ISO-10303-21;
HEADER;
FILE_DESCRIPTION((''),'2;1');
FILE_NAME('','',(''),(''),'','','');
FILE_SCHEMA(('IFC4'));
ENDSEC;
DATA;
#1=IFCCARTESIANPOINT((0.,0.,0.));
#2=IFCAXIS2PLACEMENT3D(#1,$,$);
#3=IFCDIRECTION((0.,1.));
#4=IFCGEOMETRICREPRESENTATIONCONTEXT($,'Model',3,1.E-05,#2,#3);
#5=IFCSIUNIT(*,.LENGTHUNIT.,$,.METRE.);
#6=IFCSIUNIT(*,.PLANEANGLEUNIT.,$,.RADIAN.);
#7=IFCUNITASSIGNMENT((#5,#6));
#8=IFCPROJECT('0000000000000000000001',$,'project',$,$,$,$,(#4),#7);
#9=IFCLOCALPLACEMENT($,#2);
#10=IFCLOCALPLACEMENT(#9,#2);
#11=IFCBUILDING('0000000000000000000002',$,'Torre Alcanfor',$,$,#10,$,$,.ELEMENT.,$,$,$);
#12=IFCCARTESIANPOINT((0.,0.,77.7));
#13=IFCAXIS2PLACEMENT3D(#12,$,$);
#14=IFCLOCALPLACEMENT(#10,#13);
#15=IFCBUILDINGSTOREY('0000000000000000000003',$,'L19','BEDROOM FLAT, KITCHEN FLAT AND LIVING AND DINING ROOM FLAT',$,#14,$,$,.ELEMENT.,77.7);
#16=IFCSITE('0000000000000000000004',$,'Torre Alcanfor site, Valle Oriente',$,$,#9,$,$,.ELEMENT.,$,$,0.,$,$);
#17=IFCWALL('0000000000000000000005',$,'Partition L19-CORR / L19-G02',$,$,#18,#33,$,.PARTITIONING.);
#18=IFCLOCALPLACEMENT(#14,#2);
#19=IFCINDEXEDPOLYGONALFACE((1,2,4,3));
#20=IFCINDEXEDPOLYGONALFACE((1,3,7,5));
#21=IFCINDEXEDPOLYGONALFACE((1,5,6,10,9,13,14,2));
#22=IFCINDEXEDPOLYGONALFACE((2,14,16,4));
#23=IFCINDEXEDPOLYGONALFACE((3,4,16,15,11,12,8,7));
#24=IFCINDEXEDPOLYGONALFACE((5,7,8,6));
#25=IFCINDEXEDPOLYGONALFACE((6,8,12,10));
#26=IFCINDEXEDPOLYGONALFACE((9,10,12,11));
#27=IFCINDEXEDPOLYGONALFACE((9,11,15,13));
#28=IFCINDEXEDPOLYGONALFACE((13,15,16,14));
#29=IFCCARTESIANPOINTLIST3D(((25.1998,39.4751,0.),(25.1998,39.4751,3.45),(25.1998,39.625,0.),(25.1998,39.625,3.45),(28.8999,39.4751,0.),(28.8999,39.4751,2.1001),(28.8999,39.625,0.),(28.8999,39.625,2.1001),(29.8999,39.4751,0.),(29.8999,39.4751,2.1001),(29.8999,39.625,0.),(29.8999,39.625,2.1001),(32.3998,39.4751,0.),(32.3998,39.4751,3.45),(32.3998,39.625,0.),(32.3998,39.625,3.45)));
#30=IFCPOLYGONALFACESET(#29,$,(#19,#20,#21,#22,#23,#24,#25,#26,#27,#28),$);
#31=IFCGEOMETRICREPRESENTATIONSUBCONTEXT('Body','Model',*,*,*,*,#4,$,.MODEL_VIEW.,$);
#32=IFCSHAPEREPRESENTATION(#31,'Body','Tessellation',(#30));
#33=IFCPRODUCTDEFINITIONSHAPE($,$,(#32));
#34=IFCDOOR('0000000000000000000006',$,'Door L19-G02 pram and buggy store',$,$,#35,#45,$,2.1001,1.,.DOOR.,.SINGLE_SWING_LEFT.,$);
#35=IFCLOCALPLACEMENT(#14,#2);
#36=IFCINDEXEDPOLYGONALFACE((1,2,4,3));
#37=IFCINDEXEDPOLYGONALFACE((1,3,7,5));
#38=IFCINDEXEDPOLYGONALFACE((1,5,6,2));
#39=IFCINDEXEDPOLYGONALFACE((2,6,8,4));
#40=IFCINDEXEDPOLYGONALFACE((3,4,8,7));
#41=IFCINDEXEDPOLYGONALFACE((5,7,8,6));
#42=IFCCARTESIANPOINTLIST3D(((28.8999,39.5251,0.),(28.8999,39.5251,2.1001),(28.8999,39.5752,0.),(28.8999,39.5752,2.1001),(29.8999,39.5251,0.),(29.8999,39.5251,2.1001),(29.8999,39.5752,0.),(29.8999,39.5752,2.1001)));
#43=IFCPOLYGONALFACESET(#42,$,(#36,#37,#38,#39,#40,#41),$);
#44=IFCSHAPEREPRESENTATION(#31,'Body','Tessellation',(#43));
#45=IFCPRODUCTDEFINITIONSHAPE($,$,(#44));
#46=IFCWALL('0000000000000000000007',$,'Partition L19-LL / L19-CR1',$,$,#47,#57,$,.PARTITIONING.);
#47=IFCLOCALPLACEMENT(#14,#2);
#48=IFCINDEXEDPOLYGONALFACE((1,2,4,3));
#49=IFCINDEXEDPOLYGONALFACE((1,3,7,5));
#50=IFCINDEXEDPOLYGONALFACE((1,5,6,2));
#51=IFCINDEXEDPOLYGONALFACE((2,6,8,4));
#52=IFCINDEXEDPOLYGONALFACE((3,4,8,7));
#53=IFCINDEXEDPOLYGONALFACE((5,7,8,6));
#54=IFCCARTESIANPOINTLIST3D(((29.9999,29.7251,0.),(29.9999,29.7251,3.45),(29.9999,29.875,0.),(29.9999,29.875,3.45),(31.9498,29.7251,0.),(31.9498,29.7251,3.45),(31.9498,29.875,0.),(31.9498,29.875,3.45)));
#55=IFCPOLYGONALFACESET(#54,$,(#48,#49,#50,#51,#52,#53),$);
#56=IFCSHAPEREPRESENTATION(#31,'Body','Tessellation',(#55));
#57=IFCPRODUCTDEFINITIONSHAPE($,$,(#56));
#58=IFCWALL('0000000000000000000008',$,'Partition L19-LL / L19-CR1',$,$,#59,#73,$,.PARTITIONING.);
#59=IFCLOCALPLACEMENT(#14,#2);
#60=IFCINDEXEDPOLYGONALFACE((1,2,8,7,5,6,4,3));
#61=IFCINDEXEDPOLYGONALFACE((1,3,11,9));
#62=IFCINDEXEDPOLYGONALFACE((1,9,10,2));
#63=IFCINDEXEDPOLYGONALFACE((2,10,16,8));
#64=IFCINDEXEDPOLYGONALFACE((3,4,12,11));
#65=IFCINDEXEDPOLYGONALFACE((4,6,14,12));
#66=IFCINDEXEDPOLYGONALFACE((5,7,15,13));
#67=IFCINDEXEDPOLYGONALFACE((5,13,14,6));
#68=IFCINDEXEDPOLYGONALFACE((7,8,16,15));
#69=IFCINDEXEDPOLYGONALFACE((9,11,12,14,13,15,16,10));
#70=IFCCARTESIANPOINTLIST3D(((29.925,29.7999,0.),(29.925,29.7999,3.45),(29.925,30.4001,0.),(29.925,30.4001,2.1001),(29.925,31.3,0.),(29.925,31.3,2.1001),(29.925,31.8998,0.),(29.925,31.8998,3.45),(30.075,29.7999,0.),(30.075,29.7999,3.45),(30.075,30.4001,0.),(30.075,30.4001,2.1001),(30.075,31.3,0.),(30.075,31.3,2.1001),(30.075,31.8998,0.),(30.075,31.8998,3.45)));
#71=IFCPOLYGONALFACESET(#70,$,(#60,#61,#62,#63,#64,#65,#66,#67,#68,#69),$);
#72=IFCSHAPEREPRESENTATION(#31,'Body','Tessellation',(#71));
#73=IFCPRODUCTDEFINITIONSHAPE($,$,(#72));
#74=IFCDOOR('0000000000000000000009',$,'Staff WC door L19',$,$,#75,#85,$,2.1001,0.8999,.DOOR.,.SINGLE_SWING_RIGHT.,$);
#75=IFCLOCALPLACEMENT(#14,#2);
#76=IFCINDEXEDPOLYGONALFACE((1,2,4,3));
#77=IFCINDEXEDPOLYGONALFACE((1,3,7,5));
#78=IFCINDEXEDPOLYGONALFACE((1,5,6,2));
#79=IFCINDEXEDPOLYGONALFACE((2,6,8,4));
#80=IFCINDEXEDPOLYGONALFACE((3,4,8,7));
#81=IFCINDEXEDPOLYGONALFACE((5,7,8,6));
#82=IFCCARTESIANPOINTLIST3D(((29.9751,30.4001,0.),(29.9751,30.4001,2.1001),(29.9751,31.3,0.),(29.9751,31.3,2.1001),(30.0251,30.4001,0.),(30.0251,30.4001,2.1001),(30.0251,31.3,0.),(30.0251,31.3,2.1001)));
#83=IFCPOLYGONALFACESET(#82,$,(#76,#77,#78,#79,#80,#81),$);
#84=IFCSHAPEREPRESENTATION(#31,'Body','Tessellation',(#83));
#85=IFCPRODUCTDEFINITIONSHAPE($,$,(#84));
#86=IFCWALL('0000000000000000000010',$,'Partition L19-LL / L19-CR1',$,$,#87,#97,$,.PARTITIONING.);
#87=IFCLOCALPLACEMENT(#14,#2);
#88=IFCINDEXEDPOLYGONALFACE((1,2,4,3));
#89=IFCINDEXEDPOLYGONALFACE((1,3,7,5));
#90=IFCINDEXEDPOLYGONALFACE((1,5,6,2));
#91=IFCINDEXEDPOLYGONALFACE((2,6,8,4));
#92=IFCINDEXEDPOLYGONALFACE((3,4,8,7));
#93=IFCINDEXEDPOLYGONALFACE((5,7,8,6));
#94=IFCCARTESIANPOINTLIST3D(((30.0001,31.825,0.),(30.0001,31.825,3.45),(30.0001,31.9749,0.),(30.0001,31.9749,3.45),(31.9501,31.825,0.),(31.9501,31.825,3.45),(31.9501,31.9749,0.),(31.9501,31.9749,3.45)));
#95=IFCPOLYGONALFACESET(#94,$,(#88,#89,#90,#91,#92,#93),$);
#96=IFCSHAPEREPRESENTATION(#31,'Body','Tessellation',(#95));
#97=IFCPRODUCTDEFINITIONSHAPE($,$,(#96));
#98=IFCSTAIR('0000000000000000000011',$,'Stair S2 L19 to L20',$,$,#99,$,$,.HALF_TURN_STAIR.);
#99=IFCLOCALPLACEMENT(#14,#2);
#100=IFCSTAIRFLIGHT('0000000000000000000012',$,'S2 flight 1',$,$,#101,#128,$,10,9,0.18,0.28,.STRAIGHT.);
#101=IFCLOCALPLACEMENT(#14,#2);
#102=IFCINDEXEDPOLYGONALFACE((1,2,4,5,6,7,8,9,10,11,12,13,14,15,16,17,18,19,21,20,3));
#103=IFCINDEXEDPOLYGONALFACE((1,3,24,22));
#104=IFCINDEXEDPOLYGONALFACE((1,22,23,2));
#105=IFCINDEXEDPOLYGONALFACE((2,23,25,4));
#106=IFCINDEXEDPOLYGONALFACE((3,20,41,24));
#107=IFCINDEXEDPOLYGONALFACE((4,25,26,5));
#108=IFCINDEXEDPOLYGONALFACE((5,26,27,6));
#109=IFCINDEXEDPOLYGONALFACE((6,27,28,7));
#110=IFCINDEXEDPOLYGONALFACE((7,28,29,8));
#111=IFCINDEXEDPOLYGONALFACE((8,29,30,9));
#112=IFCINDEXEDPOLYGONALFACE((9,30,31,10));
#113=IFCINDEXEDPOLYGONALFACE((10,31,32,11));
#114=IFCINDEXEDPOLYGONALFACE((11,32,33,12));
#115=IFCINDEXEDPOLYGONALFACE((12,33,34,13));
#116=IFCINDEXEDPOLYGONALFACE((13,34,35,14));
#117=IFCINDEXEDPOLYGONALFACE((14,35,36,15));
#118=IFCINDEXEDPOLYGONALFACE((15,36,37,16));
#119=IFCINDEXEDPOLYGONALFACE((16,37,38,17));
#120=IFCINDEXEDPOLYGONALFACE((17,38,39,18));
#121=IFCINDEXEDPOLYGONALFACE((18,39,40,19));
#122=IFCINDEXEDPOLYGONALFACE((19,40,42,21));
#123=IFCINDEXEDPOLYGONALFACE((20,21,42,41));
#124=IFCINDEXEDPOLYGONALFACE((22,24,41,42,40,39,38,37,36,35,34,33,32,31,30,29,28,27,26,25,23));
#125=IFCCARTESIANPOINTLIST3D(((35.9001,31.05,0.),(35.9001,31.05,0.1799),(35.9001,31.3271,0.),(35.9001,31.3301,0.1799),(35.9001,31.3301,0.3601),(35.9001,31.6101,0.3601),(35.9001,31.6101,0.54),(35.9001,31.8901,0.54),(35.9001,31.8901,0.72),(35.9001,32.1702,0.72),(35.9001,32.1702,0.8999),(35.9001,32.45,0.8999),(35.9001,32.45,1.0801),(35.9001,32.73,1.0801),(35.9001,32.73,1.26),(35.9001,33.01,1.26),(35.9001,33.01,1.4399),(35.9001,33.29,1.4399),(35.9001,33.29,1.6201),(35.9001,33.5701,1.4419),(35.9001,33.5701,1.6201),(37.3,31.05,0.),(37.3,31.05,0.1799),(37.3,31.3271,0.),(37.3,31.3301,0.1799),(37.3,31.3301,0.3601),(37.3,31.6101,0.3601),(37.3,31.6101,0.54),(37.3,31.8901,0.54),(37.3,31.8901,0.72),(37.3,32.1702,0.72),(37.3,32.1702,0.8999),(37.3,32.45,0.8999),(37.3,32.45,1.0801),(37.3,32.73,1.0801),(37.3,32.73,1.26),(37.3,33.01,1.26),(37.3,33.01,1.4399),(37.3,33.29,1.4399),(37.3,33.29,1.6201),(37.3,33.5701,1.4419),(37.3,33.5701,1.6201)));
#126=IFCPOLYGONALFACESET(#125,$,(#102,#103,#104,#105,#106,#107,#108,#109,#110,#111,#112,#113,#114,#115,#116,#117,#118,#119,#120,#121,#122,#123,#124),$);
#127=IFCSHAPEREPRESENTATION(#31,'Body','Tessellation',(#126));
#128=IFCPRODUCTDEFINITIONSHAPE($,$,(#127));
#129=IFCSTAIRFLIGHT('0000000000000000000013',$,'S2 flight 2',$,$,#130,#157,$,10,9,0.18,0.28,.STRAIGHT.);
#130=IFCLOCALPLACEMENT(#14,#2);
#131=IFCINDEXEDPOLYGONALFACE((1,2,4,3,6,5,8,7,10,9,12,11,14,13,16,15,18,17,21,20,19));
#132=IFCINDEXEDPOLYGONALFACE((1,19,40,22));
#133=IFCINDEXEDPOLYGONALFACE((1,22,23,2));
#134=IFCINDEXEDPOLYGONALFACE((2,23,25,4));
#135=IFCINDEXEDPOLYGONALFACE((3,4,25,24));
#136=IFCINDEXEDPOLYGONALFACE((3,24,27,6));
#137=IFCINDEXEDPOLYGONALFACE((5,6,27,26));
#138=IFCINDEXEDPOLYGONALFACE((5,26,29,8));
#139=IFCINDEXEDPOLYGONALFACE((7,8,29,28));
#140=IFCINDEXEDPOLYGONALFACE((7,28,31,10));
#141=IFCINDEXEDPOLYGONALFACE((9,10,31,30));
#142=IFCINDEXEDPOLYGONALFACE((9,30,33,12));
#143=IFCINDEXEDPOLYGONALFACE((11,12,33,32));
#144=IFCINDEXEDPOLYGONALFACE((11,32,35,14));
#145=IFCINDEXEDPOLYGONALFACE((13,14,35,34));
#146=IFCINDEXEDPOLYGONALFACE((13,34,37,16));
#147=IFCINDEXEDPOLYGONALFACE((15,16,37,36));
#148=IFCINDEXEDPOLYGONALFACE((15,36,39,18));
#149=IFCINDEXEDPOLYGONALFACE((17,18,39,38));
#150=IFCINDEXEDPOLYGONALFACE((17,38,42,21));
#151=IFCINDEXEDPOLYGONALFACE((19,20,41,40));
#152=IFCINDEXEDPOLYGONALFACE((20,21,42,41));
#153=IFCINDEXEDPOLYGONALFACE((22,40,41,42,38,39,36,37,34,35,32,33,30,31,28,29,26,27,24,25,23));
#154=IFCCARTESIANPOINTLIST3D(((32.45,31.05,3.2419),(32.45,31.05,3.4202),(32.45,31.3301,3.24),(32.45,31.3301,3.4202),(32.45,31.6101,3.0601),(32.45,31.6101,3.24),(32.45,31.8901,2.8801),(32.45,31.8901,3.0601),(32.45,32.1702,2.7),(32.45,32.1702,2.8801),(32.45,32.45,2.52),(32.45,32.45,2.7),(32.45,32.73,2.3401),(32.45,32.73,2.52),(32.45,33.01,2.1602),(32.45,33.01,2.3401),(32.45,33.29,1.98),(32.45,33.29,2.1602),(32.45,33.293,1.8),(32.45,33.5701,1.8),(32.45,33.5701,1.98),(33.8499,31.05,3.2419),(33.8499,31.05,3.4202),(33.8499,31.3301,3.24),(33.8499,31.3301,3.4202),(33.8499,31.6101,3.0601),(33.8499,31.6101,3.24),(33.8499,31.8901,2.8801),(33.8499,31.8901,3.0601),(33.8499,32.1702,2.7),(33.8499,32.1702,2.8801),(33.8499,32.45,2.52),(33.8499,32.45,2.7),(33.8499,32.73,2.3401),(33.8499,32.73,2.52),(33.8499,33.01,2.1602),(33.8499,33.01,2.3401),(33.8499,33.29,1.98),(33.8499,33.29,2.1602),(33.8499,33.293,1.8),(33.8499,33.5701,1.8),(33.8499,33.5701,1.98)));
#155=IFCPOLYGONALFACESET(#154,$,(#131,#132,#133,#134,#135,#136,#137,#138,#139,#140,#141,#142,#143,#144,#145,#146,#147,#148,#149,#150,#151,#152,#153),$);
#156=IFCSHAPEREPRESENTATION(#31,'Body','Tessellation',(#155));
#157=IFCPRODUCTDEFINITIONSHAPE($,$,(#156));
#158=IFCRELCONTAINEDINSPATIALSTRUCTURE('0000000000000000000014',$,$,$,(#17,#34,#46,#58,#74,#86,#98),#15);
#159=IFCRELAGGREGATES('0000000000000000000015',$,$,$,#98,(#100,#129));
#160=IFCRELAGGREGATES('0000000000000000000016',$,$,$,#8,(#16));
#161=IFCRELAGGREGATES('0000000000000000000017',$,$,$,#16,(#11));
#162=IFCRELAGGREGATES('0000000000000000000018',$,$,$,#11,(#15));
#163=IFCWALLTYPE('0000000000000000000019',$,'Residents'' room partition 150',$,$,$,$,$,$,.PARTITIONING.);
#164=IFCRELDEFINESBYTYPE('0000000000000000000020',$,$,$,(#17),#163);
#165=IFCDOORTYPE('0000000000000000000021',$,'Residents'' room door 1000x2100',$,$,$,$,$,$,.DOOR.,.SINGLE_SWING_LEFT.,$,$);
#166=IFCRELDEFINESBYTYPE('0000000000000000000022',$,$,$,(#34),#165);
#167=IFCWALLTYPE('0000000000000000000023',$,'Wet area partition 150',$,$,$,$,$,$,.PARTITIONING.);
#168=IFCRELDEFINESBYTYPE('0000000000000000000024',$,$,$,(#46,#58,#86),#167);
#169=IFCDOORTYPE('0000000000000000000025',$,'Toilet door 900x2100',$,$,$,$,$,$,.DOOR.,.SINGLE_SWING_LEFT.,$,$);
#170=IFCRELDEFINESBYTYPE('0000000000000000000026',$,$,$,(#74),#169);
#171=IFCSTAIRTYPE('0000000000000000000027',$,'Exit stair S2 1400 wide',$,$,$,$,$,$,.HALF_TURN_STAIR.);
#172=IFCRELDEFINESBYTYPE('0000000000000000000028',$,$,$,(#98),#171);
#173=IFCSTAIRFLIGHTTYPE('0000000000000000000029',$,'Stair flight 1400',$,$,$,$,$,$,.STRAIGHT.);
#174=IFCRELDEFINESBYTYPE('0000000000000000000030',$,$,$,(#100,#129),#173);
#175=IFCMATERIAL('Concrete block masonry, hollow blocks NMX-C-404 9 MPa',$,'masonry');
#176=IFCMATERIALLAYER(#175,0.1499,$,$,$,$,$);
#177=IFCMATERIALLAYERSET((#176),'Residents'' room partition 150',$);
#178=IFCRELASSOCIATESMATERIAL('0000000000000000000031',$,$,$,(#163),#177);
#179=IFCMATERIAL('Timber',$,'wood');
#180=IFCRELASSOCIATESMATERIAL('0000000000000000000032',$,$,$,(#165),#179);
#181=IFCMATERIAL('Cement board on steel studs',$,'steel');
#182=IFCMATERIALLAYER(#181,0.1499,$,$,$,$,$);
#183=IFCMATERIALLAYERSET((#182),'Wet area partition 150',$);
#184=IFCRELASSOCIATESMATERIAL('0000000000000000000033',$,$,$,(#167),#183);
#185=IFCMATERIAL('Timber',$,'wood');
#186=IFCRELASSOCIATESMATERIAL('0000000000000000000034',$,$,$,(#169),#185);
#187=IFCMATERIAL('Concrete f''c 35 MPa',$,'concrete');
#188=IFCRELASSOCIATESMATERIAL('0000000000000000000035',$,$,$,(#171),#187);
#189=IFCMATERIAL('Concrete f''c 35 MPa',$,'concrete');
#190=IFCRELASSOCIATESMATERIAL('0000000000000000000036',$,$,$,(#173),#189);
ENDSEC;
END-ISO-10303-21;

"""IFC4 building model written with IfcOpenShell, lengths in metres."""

from ifc_helpers import new_model, si_unit, direction, frame, frame_2d, origin, place, context, subcontext, project, spatial, polyline, rectangle, outline, extrude, material, layer, layer_set, type_object, element, fill, aggregate, save


model = new_model("IFC4")

# Units and contexts
model_context = context("Model", 3, precision=1e-05, world=origin(), true_north=direction((0.0, 1.0)))
body_context = subcontext(model_context, "Body", "Model", "MODEL_VIEW")
ifc_project = project(units=[si_unit("LENGTHUNIT", "METRE"), si_unit("PLANEANGLEUNIT", "RADIAN")], contexts=[model_context])

# Site, building, storey
site_placement = place(None, origin())
site = spatial("IfcSite", under=ifc_project, at=site_placement, Name="Torre Alcanfor site, Valle Oriente", CompositionType="ELEMENT", RefElevation=0.0)
building_placement = place(site_placement, origin())
building = spatial("IfcBuilding", under=site, at=building_placement, Name="Torre Alcanfor", CompositionType="ELEMENT")
storey_placement = place(building_placement, frame((0.0, 0.0, 77.7)))
storey = spatial("IfcBuildingStorey", under=building, at=storey_placement, Name="L19", Description="BEDROOM FLAT, KITCHEN FLAT AND LIVING AND DINING ROOM FLAT", CompositionType="ELEMENT", Elevation=77.7)

# Shared definitions
ifc_material_1 = material(Name="Concrete block masonry, hollow blocks NMX-C-404 9 MPa", Category="masonry")
ifc_layer_1 = layer(ifc_material_1, 0.1499)
ifc_layer_set_1 = layer_set([ifc_layer_1], Name="Residents' room partition 150")
wall_type_1 = type_object("IfcWallType", Name="Residents' room partition 150", PredefinedType="PARTITIONING", material=ifc_layer_set_1)

# Wall, opening, door
wall_1_placement = place(storey_placement, frame((32.3999, 39.55, 0.0), z_axis=(0.0, 0.0, 1.0), x_axis=(-1.0, 0.0, 0.0)))
wall_1 = element("IfcWall", 1, at=wall_1_placement, inside=storey, type_object=wall_type_1, Name="Partition L19-CORR / L19-G02", PredefinedType="PARTITIONING", context=body_context, shape_type="SweptSolid", body=[
    extrude(rectangle(XDim=7.2, YDim=0.1499, at=frame_2d((3.6001, 0.0))), origin(), (0.0, 0.0, 1.0), 3.45),
])
opening_1_placement = place(wall_1_placement, frame((2.5, 0.0, 0.0)))
opening_1 = element("IfcOpeningElement", 2, at=opening_1_placement, cuts=wall_1, PredefinedType="OPENING", context=body_context, shape_type="SweptSolid", body=[
    extrude(rectangle(XDim=1.0, YDim=2.1001, at=frame_2d((0.5, 1.05))), frame((0.0, 0.085, 0.0), z_axis=(0.0, -1.0, 0.0), x_axis=(1.0, 0.0, 0.0)), (0.0, 0.0, 1.0), 0.1699),
])
ifc_material_2 = material(Name="Timber", Category="wood")
door_type_1 = type_object("IfcDoorType", Name="Residents' room door 1000x2100", OperationType="SINGLE_SWING_LEFT", PredefinedType="DOOR", material=ifc_material_2)
door_1_placement = place(opening_1_placement, origin())
door_1 = element("IfcDoor", 3, at=door_1_placement, inside=storey, type_object=door_type_1, Name="Door L19-G02 pram and buggy store", OperationType="SINGLE_SWING_LEFT", OverallHeight=2.1001, OverallWidth=1.0, PredefinedType="DOOR", context=body_context, shape_type="SweptSolid", body=[
    extrude(rectangle(XDim=1.0, YDim=2.1001, at=frame_2d((0.5, 1.05))), frame((0.0, 0.0249, 0.0), z_axis=(0.0, -1.0, 0.0), x_axis=(1.0, 0.0, 0.0)), (0.0, 0.0, 1.0), 0.05),
])
fill(opening_1, door_1)

# Wall
ifc_material_3 = material(Name="Cement board on steel studs", Category="steel")
ifc_layer_2 = layer(ifc_material_3, 0.1499)
ifc_layer_set_2 = layer_set([ifc_layer_2], Name="Wet area partition 150")
wall_type_2 = type_object("IfcWallType", Name="Wet area partition 150", PredefinedType="PARTITIONING", material=ifc_layer_set_2)
wall_2_placement = place(storey_placement, frame((31.95, 29.8, 0.0), z_axis=(0.0, 0.0, 1.0), x_axis=(-1.0, 0.0, 0.0)))
element("IfcWall", 4, at=wall_2_placement, inside=storey, type_object=wall_type_2, Name="Partition L19-LL / L19-CR1", PredefinedType="PARTITIONING", context=body_context, shape_type="SweptSolid", body=[
    extrude(rectangle(XDim=1.95, YDim=0.1499, at=frame_2d((0.9751, 0.0))), origin(), (0.0, 0.0, 1.0), 3.45),
])

# Wall, opening, door
wall_3_placement = place(storey_placement, frame((30.0, 29.8, 0.0), z_axis=(0.0, 0.0, 1.0), x_axis=(0.0, 1.0, 0.0)))
wall_3 = element("IfcWall", 5, at=wall_3_placement, inside=storey, type_object=wall_type_2, Name="Partition L19-LL / L19-CR1", PredefinedType="PARTITIONING", context=body_context, shape_type="SweptSolid", body=[
    extrude(rectangle(XDim=2.0999, YDim=0.1499, at=frame_2d((1.0498, 0.0))), origin(), (0.0, 0.0, 1.0), 3.45),
])
opening_2_placement = place(wall_3_placement, frame((0.6001, 0.0, 0.0)))
opening_2 = element("IfcOpeningElement", 6, at=opening_2_placement, cuts=wall_3, PredefinedType="OPENING", context=body_context, shape_type="SweptSolid", body=[
    extrude(rectangle(XDim=0.8999, YDim=2.1001, at=frame_2d((0.45, 1.05))), frame((0.0, 0.085, 0.0), z_axis=(0.0, -1.0, 0.0), x_axis=(1.0, 0.0, 0.0)), (0.0, 0.0, 1.0), 0.1699),
])
ifc_material_4 = material(Name="Timber", Category="wood")
door_type_2 = type_object("IfcDoorType", Name="Toilet door 900x2100", OperationType="SINGLE_SWING_LEFT", PredefinedType="DOOR", material=ifc_material_4)
door_2_placement = place(opening_2_placement, frame((0.8999, 0.0, 0.0), z_axis=(0.0, 0.0, 1.0), x_axis=(-1.0, 0.0, 0.0)))
door_2 = element("IfcDoor", 7, at=door_2_placement, inside=storey, type_object=door_type_2, Name="Staff WC door L19", OperationType="SINGLE_SWING_RIGHT", OverallHeight=2.1001, OverallWidth=0.8999, PredefinedType="DOOR", context=body_context, shape_type="SweptSolid", body=[
    extrude(rectangle(XDim=0.8999, YDim=2.1001, at=frame_2d((0.45, 1.05))), frame((0.0, 0.0251, 0.0), z_axis=(0.0, -1.0, 0.0), x_axis=(1.0, 0.0, 0.0)), (0.0, 0.0, 1.0), 0.05),
])
fill(opening_2, door_2)

# Wall
wall_4_placement = place(storey_placement, frame((30.0, 31.8999, 0.0), z_axis=(0.0, 0.0, 1.0), x_axis=(1.0, 0.0, 0.0)))
element("IfcWall", 8, at=wall_4_placement, inside=storey, type_object=wall_type_2, Name="Partition L19-LL / L19-CR1", PredefinedType="PARTITIONING", context=body_context, shape_type="SweptSolid", body=[
    extrude(rectangle(XDim=1.95, YDim=0.1499, at=frame_2d((0.9751, 0.0))), origin(), (0.0, 0.0, 1.0), 3.45),
])

# Stair, stair flights
ifc_material_5 = material(Name="Concrete f'c 35 MPa", Category="concrete")
stair_type = type_object("IfcStairType", Name="Exit stair S2 1400 wide", PredefinedType="HALF_TURN_STAIR", material=ifc_material_5)
stair_placement = place(storey_placement, origin())
stair = element("IfcStair", 9, at=stair_placement, inside=storey, type_object=stair_type, Name="Stair S2 L19 to L20", PredefinedType="HALF_TURN_STAIR")
ifc_material_6 = material(Name="Concrete f'c 35 MPa", Category="concrete")
stair_flight_type = type_object("IfcStairFlightType", Name="Stair flight 1400", PredefinedType="STRAIGHT", material=ifc_material_6)
stair_flight_1_placement = place(storey_placement, frame((36.6001, 31.05, 0.0), z_axis=(0.0, 0.0, 1.0), x_axis=(0.0, 1.0, 0.0)))
stair_flight_1 = element("IfcStairFlight", 10, at=stair_flight_1_placement, type_object=stair_flight_type, Name="S2 flight 1", NumberOfRisers=10, NumberOfTreads=9, PredefinedType="STRAIGHT", RiserHeight=0.18, TreadLength=0.28, context=body_context, shape_type="SweptSolid", body=[
    extrude(outline(polyline([(0.0, 0.0), (0.0, 0.1799), (0.28, 0.1799), (0.28, 0.3601), (0.5601, 0.3601), (0.5601, 0.54), (0.8401, 0.54), (0.8401, 0.72), (1.1201, 0.72), (1.1201, 0.8999), (1.3999, 0.8999), (1.3999, 1.0801), (1.6799, 1.0801), (1.6799, 1.26), (1.96, 1.26), (1.96, 1.4399), (2.24, 1.4399), (2.24, 1.6201), (2.52, 1.6201), (2.52, 1.8), (2.52, 1.4419), (0.2771, 0.0), (0.0, 0.0)])), frame((0.0, 0.7, 0.0), z_axis=(0.0, -1.0, 0.0), x_axis=(1.0, 0.0, 0.0)), (0.0, 0.0, 1.0), 1.3999),
])
stair_flight_2_placement = place(storey_placement, frame((33.1499, 33.5701, 1.8), z_axis=(0.0, 0.0, 1.0), x_axis=(0.0, -1.0, 0.0)))
stair_flight_2 = element("IfcStairFlight", 11, at=stair_flight_2_placement, type_object=stair_flight_type, Name="S2 flight 2", NumberOfRisers=10, NumberOfTreads=9, PredefinedType="STRAIGHT", RiserHeight=0.18, TreadLength=0.28, context=body_context, shape_type="SweptSolid", body=[
    extrude(outline(polyline([(0.0, 0.0), (0.0, 0.1799), (0.28, 0.1799), (0.28, 0.3601), (0.5601, 0.3601), (0.5601, 0.54), (0.8401, 0.54), (0.8401, 0.72), (1.1201, 0.72), (1.1201, 0.8999), (1.3999, 0.8999), (1.3999, 1.0801), (1.6799, 1.0801), (1.6799, 1.26), (1.96, 1.26), (1.96, 1.4399), (2.24, 1.4399), (2.24, 1.6201), (2.52, 1.6201), (2.52, 1.8), (2.52, 1.4419), (0.2771, 0.0), (0.0, 0.0)])), frame((0.0, 0.7, 0.0), z_axis=(0.0, -1.0, 0.0), x_axis=(1.0, 0.0, 0.0)), (0.0, 0.0, 1.0), 1.3999),
])
aggregate(stair, [stair_flight_1, stair_flight_2])

save(model, "model.ifc")
